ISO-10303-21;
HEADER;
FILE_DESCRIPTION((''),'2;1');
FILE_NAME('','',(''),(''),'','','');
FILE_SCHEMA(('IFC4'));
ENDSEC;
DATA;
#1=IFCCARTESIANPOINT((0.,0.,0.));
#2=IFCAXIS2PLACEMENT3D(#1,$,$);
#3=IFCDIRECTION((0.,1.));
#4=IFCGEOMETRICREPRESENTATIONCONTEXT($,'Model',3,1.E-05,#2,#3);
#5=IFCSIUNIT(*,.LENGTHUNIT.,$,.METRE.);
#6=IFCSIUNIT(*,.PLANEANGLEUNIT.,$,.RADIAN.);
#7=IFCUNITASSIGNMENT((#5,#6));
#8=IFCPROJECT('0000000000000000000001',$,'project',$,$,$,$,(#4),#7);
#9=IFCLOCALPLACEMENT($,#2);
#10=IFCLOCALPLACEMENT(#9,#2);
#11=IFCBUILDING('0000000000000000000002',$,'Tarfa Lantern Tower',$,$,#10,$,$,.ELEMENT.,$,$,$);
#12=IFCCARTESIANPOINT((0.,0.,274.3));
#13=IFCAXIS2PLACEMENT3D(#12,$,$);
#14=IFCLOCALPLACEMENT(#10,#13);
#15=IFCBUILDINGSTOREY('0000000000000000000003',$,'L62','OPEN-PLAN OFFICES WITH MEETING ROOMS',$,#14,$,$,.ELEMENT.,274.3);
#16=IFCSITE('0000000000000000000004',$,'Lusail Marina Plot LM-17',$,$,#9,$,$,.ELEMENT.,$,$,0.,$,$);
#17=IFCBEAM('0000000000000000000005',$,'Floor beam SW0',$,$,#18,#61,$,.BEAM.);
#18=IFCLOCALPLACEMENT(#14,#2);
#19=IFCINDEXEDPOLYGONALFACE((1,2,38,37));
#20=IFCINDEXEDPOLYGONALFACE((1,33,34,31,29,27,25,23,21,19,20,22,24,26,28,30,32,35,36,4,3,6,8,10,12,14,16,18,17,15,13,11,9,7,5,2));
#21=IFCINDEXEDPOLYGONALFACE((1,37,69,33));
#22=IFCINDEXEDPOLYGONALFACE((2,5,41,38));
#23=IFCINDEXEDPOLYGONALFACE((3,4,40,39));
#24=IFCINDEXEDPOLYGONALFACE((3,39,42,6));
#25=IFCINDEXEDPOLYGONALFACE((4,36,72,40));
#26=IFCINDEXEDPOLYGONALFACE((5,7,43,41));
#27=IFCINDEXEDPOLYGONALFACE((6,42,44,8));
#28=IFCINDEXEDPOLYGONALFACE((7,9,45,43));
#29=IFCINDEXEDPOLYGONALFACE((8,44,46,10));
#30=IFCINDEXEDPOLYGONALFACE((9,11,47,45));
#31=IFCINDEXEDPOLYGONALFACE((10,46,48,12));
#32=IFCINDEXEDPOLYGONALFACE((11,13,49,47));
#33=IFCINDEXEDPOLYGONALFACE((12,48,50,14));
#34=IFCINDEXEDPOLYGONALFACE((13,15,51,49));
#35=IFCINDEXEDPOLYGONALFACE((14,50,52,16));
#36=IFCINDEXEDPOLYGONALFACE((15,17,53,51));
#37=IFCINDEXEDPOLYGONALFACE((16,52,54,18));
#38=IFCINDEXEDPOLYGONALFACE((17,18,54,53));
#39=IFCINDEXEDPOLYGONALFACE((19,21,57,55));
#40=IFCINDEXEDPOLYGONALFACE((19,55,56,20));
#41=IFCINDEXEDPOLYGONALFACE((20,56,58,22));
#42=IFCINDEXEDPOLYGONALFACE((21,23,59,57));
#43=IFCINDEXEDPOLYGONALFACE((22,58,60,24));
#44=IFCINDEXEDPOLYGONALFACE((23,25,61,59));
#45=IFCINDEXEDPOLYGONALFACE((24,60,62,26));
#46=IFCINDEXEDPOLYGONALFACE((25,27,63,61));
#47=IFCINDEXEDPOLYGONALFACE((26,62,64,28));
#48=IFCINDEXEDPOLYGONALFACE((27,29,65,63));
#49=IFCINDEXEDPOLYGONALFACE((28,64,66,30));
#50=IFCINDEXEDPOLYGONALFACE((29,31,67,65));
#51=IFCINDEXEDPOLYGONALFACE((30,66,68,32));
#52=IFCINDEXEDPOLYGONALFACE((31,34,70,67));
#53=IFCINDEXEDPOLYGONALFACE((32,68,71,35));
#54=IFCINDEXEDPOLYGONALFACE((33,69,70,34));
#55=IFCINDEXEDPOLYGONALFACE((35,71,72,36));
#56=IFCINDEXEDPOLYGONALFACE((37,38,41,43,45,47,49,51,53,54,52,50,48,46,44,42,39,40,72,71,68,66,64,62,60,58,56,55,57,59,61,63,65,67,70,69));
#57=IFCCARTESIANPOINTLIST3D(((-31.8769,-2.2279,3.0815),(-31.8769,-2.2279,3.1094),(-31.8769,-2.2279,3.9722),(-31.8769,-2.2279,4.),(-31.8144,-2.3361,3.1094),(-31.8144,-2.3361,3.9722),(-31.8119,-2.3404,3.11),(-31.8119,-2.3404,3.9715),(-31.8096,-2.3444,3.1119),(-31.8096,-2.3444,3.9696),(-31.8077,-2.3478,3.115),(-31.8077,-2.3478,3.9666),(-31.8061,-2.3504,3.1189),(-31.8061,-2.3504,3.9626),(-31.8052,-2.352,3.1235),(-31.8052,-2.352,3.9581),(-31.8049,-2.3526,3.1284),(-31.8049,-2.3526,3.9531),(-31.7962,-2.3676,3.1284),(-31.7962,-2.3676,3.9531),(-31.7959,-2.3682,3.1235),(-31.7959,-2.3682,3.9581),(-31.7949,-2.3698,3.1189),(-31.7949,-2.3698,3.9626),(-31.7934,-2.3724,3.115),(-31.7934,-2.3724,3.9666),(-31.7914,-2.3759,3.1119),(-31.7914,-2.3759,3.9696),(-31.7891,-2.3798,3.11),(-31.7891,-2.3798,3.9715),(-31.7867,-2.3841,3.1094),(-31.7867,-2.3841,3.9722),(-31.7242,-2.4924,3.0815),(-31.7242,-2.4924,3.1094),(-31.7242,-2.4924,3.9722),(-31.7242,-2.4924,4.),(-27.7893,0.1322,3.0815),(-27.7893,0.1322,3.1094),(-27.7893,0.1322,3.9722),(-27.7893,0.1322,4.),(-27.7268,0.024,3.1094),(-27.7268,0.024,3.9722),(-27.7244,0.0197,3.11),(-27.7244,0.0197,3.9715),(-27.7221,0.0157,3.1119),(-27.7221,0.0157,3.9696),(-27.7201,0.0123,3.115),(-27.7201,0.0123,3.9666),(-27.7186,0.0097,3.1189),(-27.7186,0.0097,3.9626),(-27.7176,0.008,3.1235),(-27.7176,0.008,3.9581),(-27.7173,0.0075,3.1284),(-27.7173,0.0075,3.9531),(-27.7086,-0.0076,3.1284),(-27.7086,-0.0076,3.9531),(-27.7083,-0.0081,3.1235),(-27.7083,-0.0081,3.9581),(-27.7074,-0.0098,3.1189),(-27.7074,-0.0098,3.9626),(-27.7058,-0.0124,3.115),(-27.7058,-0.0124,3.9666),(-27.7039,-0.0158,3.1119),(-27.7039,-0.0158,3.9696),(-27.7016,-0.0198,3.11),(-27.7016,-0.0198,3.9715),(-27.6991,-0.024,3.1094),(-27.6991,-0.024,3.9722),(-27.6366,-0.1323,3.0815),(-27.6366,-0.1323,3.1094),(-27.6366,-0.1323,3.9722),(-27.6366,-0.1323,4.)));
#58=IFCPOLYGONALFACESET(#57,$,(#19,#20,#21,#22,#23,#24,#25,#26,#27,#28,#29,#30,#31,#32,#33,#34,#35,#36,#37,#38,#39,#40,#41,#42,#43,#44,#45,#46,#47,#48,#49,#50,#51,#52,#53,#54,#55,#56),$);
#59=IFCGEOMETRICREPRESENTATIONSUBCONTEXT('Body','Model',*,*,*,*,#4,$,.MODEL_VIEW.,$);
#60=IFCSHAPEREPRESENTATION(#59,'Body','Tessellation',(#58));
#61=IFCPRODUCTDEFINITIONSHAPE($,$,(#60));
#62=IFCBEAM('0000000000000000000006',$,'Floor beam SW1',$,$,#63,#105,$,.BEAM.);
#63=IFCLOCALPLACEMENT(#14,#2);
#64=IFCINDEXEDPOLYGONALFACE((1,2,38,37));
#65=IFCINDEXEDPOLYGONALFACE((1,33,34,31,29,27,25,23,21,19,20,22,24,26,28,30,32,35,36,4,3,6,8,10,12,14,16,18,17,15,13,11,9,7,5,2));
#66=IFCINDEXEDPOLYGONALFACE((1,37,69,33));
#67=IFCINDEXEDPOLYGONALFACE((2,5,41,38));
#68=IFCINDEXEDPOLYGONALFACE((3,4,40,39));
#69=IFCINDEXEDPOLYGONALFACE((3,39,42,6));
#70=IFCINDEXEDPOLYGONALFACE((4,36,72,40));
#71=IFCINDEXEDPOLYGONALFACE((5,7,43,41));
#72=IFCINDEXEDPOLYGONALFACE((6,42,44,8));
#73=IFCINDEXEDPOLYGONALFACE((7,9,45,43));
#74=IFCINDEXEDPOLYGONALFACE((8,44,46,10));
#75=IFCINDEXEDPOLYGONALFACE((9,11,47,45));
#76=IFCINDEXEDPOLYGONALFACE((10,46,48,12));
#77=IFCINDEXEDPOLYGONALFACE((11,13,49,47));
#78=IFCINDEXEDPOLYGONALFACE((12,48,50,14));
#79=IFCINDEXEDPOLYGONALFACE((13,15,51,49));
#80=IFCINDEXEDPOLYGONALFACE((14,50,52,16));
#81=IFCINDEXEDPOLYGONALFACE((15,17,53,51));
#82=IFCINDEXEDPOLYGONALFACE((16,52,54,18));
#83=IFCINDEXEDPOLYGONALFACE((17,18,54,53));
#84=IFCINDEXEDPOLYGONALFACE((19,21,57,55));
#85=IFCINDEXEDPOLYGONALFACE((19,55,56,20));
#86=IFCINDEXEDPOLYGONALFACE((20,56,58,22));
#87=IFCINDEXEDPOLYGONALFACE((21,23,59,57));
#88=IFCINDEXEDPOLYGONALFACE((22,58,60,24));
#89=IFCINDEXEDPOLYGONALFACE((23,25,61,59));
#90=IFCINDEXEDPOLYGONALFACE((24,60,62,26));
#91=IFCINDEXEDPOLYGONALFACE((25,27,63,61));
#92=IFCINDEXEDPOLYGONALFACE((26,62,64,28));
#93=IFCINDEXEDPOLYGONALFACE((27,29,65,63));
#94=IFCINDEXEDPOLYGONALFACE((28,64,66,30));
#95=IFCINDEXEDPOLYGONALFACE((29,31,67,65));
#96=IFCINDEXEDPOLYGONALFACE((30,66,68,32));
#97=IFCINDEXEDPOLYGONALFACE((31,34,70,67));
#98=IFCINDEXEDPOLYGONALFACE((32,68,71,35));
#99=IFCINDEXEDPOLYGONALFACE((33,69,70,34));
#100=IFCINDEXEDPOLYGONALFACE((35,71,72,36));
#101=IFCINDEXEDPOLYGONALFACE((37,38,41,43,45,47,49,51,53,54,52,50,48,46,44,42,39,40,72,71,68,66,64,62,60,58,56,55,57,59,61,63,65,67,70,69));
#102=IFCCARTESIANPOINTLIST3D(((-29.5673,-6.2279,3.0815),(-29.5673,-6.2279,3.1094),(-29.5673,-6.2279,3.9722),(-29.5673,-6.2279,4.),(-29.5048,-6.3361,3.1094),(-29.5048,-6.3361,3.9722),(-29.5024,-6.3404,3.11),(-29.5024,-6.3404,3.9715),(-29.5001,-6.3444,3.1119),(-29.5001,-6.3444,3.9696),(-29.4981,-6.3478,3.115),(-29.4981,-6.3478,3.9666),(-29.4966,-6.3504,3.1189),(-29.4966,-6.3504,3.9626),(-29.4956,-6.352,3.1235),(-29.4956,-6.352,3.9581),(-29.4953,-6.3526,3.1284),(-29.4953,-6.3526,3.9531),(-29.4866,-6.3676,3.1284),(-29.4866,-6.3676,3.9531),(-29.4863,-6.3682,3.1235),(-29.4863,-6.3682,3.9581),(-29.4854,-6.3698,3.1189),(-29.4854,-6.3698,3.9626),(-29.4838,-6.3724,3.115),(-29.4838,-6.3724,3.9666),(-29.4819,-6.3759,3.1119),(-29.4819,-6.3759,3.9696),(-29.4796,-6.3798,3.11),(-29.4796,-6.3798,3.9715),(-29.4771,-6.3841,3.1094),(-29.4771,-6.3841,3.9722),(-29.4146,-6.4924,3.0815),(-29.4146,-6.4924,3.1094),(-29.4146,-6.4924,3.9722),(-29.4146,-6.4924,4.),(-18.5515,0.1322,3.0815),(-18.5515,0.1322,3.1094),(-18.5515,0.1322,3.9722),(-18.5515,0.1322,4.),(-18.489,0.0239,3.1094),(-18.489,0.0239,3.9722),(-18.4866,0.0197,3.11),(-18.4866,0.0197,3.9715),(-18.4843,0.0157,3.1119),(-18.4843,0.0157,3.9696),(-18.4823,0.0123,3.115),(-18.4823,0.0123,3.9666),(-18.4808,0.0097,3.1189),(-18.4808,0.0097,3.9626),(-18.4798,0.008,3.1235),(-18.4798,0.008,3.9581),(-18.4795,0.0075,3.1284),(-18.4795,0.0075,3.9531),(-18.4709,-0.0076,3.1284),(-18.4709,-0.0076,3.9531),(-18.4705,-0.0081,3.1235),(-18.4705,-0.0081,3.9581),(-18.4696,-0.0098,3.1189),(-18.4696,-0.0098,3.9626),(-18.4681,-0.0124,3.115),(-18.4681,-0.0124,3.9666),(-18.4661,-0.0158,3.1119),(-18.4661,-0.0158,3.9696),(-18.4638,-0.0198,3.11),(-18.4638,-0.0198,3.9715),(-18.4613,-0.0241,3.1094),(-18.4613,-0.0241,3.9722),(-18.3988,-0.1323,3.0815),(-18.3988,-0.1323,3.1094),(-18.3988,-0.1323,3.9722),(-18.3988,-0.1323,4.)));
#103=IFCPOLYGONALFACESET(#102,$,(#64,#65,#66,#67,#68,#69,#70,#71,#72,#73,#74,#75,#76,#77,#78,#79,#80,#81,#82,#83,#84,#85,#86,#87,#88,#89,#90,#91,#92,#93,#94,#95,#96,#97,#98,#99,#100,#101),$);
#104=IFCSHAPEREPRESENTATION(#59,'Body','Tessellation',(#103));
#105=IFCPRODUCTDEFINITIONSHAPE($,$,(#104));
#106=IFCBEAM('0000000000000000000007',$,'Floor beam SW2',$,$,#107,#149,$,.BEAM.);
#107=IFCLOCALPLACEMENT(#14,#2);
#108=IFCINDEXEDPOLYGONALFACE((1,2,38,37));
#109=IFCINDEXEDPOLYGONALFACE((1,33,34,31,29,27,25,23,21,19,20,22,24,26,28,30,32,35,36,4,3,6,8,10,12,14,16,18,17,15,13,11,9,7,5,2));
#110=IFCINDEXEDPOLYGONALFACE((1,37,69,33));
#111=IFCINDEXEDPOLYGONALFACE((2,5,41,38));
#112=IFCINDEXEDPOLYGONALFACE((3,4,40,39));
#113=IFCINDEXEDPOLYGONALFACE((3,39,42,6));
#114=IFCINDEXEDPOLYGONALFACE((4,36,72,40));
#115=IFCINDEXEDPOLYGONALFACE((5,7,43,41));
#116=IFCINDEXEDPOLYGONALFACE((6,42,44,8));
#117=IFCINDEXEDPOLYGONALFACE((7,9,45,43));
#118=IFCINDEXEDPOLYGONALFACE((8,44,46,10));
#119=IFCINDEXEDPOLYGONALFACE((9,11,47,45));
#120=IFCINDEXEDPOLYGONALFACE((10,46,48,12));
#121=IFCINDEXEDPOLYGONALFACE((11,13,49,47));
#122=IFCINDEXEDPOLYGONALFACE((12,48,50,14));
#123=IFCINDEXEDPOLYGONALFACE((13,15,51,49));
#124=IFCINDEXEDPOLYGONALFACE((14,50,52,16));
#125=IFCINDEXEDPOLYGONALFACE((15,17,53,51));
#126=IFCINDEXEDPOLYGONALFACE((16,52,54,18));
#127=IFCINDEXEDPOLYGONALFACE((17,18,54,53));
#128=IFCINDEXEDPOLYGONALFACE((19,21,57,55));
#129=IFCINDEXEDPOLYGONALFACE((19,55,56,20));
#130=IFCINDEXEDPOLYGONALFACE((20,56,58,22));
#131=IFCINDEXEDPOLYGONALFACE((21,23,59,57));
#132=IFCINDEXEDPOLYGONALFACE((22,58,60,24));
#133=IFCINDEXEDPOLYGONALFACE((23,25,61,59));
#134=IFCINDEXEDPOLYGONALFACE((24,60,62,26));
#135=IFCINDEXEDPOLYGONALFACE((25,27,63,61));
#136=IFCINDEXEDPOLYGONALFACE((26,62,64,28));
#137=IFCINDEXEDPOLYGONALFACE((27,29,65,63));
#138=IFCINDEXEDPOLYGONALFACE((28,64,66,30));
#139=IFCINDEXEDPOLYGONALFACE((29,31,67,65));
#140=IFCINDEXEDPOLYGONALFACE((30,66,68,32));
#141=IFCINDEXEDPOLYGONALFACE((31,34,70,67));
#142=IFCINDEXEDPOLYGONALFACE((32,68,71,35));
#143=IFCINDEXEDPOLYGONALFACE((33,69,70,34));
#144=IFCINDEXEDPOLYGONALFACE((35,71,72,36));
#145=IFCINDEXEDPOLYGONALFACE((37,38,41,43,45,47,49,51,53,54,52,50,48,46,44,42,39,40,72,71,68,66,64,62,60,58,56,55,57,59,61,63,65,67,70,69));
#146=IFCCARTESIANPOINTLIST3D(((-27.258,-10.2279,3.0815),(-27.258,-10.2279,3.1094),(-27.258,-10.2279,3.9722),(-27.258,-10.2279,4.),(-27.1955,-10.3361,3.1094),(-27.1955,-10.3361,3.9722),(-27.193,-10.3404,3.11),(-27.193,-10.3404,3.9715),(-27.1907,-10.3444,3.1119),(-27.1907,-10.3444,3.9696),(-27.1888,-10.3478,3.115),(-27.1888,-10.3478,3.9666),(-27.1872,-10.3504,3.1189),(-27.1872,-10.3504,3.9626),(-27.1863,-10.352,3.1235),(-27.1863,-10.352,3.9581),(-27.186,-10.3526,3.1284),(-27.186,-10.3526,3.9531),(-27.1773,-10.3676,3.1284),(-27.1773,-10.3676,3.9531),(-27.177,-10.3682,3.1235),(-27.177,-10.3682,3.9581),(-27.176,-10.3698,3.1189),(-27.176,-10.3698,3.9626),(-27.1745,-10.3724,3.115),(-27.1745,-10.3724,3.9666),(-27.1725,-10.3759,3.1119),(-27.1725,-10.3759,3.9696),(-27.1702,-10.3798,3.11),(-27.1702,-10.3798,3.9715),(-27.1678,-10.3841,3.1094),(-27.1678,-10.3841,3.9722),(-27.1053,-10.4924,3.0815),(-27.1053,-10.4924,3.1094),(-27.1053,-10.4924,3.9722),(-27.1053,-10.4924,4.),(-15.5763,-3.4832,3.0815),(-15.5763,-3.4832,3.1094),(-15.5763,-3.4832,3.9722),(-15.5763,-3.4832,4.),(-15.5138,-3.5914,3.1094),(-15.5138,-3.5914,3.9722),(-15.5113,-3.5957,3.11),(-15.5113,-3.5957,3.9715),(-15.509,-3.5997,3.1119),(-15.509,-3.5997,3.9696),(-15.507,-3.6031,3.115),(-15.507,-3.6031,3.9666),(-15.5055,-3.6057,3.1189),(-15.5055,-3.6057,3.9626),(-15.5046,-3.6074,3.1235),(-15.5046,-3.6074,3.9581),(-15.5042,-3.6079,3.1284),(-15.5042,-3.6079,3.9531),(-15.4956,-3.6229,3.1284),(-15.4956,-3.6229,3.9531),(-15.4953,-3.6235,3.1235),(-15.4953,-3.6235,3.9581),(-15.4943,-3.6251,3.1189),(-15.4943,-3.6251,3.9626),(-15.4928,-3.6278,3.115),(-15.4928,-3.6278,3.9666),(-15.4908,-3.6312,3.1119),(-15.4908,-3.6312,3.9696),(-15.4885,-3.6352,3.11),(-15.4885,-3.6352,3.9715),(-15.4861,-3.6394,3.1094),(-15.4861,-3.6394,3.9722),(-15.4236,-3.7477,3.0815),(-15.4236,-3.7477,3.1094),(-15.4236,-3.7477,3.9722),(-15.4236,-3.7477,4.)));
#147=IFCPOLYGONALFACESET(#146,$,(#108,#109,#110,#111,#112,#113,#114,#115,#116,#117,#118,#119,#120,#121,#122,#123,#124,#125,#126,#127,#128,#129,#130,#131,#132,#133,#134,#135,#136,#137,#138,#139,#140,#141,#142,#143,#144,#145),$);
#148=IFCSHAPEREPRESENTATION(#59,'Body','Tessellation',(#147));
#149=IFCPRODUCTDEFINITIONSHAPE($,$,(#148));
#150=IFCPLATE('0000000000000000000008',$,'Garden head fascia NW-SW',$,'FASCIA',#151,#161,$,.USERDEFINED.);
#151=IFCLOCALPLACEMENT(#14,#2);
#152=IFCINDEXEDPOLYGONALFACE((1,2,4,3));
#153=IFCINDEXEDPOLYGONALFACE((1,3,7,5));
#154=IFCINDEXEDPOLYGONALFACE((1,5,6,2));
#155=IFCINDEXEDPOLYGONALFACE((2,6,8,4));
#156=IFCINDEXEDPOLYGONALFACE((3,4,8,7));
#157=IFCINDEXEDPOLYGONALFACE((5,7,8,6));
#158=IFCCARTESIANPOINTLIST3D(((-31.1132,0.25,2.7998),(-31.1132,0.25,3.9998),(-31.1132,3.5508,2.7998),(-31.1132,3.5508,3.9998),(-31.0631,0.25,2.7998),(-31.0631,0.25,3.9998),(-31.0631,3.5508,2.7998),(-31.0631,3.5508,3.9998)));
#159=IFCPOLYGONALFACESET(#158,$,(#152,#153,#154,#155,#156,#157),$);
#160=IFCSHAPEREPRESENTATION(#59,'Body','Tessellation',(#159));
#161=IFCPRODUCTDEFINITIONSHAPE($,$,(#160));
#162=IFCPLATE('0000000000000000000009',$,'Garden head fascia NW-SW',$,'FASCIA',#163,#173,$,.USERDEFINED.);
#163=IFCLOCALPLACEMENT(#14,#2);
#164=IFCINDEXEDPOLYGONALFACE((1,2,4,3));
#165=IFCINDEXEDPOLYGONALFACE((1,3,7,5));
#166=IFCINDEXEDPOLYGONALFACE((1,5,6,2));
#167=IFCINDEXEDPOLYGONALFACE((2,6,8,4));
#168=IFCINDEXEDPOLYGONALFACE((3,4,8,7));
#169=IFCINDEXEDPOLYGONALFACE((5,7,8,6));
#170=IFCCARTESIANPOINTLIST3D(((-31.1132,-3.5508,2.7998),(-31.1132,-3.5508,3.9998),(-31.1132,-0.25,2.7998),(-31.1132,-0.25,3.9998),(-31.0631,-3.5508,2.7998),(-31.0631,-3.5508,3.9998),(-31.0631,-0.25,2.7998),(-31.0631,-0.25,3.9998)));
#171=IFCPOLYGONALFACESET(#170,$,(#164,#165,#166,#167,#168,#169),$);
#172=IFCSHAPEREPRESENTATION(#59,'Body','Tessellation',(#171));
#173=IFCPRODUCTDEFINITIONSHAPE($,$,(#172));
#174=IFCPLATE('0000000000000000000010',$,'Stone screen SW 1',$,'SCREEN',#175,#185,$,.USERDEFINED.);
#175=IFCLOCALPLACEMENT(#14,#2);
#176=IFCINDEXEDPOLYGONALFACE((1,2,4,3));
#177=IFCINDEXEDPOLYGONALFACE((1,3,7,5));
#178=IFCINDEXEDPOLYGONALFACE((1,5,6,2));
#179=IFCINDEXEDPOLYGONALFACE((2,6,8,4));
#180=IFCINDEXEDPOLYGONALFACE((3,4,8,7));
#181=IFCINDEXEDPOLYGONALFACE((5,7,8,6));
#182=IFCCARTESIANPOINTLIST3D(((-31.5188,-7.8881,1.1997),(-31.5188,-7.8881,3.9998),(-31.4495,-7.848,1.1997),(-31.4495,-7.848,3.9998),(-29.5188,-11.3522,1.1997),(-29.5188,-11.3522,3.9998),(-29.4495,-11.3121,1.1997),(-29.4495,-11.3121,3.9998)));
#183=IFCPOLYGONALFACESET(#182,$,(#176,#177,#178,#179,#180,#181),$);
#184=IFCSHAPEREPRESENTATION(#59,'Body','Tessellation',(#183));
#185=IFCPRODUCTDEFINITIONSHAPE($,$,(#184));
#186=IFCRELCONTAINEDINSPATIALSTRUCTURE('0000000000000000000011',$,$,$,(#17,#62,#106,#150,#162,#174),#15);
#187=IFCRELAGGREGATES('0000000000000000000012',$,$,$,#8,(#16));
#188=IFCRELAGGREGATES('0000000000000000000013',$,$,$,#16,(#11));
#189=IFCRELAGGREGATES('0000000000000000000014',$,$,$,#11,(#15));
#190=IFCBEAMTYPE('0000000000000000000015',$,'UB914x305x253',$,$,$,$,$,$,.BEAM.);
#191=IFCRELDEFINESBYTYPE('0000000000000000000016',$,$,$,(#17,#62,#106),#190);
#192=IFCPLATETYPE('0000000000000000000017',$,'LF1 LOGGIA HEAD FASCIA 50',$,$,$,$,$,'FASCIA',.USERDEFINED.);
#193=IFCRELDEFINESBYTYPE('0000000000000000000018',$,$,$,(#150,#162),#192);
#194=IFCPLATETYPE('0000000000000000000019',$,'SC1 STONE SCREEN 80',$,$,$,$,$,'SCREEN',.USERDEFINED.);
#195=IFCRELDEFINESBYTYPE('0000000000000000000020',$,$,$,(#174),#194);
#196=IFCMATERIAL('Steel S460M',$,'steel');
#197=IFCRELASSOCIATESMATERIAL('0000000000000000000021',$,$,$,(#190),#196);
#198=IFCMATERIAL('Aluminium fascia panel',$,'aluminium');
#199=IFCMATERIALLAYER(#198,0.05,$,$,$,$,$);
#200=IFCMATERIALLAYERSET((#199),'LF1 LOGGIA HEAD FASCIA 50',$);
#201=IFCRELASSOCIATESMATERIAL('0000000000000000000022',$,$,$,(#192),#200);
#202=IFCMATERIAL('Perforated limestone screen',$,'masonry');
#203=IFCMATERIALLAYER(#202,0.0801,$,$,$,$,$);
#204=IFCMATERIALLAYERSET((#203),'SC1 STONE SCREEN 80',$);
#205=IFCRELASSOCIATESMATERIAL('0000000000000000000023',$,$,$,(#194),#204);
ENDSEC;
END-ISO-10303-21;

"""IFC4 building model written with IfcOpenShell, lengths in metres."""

from ifc_helpers import new_model, si_unit, direction, frame, origin, origin_2d, place, context, subcontext, project, spatial, rectangle, i_section, extrude, material, layer, layer_set, material_profile, profile_set, type_object, element, save


model = new_model("IFC4")

# Units and contexts
model_context = context("Model", 3, precision=1e-05, world=origin(), true_north=direction((0.0, 1.0)))
body_context = subcontext(model_context, "Body", "Model", "MODEL_VIEW")
ifc_project = project(units=[si_unit("LENGTHUNIT", "METRE"), si_unit("PLANEANGLEUNIT", "RADIAN")], contexts=[model_context])

# Site, building, storey
site_placement = place(None, origin())
site = spatial("IfcSite", under=ifc_project, at=site_placement, Name="Lusail Marina Plot LM-17", CompositionType="ELEMENT", RefElevation=0.0)
building_placement = place(site_placement, origin())
building = spatial("IfcBuilding", under=site, at=building_placement, Name="Tarfa Lantern Tower", CompositionType="ELEMENT")
storey_placement = place(building_placement, frame((0.0, 0.0, 274.3)))
storey = spatial("IfcBuildingStorey", under=building, at=storey_placement, Name="L62", Description="OPEN-PLAN OFFICES WITH MEETING ROOMS", CompositionType="ELEMENT", Elevation=274.3)

# Beams
ifc_material_1 = material(Name="Steel S460M", Category="steel")
ifc_material_profile_1 = material_profile(ifc_material_1, i_section(OverallWidth=0.3054, OverallDepth=0.9185, WebThickness=0.0173, FlangeThickness=0.0278, FilletRadius=0.019, at=origin_2d()), Name="UB914x305x253")
ifc_profile_set_1 = profile_set([ifc_material_profile_1], Name="Steel S460M")
beam_type_1 = type_object("IfcBeamType", Name="UB914x305x253", PredefinedType="BEAM", material=ifc_profile_set_1)
beam_1_placement = place(storey_placement, frame((-31.8005, -2.3601, 3.5408), z_axis=(0.866016, 0.500016, 0.0), x_axis=(-0.500016, 0.866016, 0.0)))
element("IfcBeam", 1, at=beam_1_placement, inside=storey, type_object=beam_type_1, Name="Floor beam SW0", PredefinedType="BEAM", context=body_context, shape_type="SweptSolid", body=[
    extrude(i_section(OverallWidth=0.3054, OverallDepth=0.9185, WebThickness=0.0173, FlangeThickness=0.0278, FilletRadius=0.019, at=origin_2d()), origin(), (0.0, 0.0, 1.0), 4.72),
])
beam_2_placement = place(storey_placement, frame((-29.491, -6.3601, 3.5408), z_axis=(0.866022, 0.500005, 0.0), x_axis=(-0.500005, 0.866022, 0.0)))
element("IfcBeam", 2, at=beam_2_placement, inside=storey, type_object=beam_type_1, Name="Floor beam SW1", PredefinedType="BEAM", context=body_context, shape_type="SweptSolid", body=[
    extrude(i_section(OverallWidth=0.3054, OverallDepth=0.9185, WebThickness=0.0173, FlangeThickness=0.0278, FilletRadius=0.019, at=origin_2d()), origin(), (0.0, 0.0, 1.0), 12.72),
])
beam_3_placement = place(storey_placement, frame((-27.1816, -10.3601, 3.5408), z_axis=(0.866018, 0.500013, 0.0), x_axis=(-0.500013, 0.866018, 0.0)))
element("IfcBeam", 3, at=beam_3_placement, inside=storey, type_object=beam_type_1, Name="Floor beam SW2", PredefinedType="BEAM", context=body_context, shape_type="SweptSolid", body=[
    extrude(i_section(OverallWidth=0.3054, OverallDepth=0.9185, WebThickness=0.0173, FlangeThickness=0.0278, FilletRadius=0.019, at=origin_2d()), origin(), (0.0, 0.0, 1.0), 13.489),
])

# Plates
ifc_material_2 = material(Name="Aluminium fascia panel", Category="aluminium")
ifc_layer_1 = layer(ifc_material_2, 0.05)
ifc_layer_set_1 = layer_set([ifc_layer_1], Name="LF1 LOGGIA HEAD FASCIA 50")
plate_type_1 = type_object("IfcPlateType", Name="LF1 LOGGIA HEAD FASCIA 50", ElementType="FASCIA", PredefinedType="USERDEFINED", material=ifc_layer_set_1)
for number, where, z_axis, x_axis, name in (
    (4, (-31.0881, 1.9004, 2.7998), (0.0, 0.0, 1.0), (0.0, -1.0, 0.0), "Garden head fascia NW-SW"),
    (5, (-31.0881, -1.9004, 2.7998), (0.0, 0.0, 1.0), (0.0, -1.0, 0.0), "Garden head fascia NW-SW"),
):
    element("IfcPlate", number, at=place(storey_placement, frame(where, z_axis=z_axis, x_axis=x_axis)), inside=storey, type_object=plate_type_1, Name=name, ObjectType="FASCIA", PredefinedType="USERDEFINED", context=body_context, shape_type="SweptSolid", body=[
        extrude(rectangle(XDim=3.3008, YDim=0.05, at=origin_2d()), origin(), (0.0, 0.0, 1.0), 1.2),
    ])
ifc_material_3 = material(Name="Perforated limestone screen", Category="masonry")
ifc_layer_2 = layer(ifc_material_3, 0.0801)
ifc_layer_set_2 = layer_set([ifc_layer_2], Name="SC1 STONE SCREEN 80")
plate_type_2 = type_object("IfcPlateType", Name="SC1 STONE SCREEN 80", ElementType="SCREEN", PredefinedType="USERDEFINED", material=ifc_layer_set_2)
plate_placement = place(storey_placement, frame((-30.4841, -9.6001, 1.1997), z_axis=(0.0, 0.0, 1.0), x_axis=(0.5, -0.866025, 0.0)))
element("IfcPlate", 6, at=plate_placement, inside=storey, type_object=plate_type_2, Name="Stone screen SW 1", ObjectType="SCREEN", PredefinedType="USERDEFINED", context=body_context, shape_type="SweptSolid", body=[
    extrude(rectangle(XDim=4.0, YDim=0.0801, at=origin_2d()), origin(), (0.0, 0.0, 1.0), 2.8),
])

save(model, "model.ifc")
